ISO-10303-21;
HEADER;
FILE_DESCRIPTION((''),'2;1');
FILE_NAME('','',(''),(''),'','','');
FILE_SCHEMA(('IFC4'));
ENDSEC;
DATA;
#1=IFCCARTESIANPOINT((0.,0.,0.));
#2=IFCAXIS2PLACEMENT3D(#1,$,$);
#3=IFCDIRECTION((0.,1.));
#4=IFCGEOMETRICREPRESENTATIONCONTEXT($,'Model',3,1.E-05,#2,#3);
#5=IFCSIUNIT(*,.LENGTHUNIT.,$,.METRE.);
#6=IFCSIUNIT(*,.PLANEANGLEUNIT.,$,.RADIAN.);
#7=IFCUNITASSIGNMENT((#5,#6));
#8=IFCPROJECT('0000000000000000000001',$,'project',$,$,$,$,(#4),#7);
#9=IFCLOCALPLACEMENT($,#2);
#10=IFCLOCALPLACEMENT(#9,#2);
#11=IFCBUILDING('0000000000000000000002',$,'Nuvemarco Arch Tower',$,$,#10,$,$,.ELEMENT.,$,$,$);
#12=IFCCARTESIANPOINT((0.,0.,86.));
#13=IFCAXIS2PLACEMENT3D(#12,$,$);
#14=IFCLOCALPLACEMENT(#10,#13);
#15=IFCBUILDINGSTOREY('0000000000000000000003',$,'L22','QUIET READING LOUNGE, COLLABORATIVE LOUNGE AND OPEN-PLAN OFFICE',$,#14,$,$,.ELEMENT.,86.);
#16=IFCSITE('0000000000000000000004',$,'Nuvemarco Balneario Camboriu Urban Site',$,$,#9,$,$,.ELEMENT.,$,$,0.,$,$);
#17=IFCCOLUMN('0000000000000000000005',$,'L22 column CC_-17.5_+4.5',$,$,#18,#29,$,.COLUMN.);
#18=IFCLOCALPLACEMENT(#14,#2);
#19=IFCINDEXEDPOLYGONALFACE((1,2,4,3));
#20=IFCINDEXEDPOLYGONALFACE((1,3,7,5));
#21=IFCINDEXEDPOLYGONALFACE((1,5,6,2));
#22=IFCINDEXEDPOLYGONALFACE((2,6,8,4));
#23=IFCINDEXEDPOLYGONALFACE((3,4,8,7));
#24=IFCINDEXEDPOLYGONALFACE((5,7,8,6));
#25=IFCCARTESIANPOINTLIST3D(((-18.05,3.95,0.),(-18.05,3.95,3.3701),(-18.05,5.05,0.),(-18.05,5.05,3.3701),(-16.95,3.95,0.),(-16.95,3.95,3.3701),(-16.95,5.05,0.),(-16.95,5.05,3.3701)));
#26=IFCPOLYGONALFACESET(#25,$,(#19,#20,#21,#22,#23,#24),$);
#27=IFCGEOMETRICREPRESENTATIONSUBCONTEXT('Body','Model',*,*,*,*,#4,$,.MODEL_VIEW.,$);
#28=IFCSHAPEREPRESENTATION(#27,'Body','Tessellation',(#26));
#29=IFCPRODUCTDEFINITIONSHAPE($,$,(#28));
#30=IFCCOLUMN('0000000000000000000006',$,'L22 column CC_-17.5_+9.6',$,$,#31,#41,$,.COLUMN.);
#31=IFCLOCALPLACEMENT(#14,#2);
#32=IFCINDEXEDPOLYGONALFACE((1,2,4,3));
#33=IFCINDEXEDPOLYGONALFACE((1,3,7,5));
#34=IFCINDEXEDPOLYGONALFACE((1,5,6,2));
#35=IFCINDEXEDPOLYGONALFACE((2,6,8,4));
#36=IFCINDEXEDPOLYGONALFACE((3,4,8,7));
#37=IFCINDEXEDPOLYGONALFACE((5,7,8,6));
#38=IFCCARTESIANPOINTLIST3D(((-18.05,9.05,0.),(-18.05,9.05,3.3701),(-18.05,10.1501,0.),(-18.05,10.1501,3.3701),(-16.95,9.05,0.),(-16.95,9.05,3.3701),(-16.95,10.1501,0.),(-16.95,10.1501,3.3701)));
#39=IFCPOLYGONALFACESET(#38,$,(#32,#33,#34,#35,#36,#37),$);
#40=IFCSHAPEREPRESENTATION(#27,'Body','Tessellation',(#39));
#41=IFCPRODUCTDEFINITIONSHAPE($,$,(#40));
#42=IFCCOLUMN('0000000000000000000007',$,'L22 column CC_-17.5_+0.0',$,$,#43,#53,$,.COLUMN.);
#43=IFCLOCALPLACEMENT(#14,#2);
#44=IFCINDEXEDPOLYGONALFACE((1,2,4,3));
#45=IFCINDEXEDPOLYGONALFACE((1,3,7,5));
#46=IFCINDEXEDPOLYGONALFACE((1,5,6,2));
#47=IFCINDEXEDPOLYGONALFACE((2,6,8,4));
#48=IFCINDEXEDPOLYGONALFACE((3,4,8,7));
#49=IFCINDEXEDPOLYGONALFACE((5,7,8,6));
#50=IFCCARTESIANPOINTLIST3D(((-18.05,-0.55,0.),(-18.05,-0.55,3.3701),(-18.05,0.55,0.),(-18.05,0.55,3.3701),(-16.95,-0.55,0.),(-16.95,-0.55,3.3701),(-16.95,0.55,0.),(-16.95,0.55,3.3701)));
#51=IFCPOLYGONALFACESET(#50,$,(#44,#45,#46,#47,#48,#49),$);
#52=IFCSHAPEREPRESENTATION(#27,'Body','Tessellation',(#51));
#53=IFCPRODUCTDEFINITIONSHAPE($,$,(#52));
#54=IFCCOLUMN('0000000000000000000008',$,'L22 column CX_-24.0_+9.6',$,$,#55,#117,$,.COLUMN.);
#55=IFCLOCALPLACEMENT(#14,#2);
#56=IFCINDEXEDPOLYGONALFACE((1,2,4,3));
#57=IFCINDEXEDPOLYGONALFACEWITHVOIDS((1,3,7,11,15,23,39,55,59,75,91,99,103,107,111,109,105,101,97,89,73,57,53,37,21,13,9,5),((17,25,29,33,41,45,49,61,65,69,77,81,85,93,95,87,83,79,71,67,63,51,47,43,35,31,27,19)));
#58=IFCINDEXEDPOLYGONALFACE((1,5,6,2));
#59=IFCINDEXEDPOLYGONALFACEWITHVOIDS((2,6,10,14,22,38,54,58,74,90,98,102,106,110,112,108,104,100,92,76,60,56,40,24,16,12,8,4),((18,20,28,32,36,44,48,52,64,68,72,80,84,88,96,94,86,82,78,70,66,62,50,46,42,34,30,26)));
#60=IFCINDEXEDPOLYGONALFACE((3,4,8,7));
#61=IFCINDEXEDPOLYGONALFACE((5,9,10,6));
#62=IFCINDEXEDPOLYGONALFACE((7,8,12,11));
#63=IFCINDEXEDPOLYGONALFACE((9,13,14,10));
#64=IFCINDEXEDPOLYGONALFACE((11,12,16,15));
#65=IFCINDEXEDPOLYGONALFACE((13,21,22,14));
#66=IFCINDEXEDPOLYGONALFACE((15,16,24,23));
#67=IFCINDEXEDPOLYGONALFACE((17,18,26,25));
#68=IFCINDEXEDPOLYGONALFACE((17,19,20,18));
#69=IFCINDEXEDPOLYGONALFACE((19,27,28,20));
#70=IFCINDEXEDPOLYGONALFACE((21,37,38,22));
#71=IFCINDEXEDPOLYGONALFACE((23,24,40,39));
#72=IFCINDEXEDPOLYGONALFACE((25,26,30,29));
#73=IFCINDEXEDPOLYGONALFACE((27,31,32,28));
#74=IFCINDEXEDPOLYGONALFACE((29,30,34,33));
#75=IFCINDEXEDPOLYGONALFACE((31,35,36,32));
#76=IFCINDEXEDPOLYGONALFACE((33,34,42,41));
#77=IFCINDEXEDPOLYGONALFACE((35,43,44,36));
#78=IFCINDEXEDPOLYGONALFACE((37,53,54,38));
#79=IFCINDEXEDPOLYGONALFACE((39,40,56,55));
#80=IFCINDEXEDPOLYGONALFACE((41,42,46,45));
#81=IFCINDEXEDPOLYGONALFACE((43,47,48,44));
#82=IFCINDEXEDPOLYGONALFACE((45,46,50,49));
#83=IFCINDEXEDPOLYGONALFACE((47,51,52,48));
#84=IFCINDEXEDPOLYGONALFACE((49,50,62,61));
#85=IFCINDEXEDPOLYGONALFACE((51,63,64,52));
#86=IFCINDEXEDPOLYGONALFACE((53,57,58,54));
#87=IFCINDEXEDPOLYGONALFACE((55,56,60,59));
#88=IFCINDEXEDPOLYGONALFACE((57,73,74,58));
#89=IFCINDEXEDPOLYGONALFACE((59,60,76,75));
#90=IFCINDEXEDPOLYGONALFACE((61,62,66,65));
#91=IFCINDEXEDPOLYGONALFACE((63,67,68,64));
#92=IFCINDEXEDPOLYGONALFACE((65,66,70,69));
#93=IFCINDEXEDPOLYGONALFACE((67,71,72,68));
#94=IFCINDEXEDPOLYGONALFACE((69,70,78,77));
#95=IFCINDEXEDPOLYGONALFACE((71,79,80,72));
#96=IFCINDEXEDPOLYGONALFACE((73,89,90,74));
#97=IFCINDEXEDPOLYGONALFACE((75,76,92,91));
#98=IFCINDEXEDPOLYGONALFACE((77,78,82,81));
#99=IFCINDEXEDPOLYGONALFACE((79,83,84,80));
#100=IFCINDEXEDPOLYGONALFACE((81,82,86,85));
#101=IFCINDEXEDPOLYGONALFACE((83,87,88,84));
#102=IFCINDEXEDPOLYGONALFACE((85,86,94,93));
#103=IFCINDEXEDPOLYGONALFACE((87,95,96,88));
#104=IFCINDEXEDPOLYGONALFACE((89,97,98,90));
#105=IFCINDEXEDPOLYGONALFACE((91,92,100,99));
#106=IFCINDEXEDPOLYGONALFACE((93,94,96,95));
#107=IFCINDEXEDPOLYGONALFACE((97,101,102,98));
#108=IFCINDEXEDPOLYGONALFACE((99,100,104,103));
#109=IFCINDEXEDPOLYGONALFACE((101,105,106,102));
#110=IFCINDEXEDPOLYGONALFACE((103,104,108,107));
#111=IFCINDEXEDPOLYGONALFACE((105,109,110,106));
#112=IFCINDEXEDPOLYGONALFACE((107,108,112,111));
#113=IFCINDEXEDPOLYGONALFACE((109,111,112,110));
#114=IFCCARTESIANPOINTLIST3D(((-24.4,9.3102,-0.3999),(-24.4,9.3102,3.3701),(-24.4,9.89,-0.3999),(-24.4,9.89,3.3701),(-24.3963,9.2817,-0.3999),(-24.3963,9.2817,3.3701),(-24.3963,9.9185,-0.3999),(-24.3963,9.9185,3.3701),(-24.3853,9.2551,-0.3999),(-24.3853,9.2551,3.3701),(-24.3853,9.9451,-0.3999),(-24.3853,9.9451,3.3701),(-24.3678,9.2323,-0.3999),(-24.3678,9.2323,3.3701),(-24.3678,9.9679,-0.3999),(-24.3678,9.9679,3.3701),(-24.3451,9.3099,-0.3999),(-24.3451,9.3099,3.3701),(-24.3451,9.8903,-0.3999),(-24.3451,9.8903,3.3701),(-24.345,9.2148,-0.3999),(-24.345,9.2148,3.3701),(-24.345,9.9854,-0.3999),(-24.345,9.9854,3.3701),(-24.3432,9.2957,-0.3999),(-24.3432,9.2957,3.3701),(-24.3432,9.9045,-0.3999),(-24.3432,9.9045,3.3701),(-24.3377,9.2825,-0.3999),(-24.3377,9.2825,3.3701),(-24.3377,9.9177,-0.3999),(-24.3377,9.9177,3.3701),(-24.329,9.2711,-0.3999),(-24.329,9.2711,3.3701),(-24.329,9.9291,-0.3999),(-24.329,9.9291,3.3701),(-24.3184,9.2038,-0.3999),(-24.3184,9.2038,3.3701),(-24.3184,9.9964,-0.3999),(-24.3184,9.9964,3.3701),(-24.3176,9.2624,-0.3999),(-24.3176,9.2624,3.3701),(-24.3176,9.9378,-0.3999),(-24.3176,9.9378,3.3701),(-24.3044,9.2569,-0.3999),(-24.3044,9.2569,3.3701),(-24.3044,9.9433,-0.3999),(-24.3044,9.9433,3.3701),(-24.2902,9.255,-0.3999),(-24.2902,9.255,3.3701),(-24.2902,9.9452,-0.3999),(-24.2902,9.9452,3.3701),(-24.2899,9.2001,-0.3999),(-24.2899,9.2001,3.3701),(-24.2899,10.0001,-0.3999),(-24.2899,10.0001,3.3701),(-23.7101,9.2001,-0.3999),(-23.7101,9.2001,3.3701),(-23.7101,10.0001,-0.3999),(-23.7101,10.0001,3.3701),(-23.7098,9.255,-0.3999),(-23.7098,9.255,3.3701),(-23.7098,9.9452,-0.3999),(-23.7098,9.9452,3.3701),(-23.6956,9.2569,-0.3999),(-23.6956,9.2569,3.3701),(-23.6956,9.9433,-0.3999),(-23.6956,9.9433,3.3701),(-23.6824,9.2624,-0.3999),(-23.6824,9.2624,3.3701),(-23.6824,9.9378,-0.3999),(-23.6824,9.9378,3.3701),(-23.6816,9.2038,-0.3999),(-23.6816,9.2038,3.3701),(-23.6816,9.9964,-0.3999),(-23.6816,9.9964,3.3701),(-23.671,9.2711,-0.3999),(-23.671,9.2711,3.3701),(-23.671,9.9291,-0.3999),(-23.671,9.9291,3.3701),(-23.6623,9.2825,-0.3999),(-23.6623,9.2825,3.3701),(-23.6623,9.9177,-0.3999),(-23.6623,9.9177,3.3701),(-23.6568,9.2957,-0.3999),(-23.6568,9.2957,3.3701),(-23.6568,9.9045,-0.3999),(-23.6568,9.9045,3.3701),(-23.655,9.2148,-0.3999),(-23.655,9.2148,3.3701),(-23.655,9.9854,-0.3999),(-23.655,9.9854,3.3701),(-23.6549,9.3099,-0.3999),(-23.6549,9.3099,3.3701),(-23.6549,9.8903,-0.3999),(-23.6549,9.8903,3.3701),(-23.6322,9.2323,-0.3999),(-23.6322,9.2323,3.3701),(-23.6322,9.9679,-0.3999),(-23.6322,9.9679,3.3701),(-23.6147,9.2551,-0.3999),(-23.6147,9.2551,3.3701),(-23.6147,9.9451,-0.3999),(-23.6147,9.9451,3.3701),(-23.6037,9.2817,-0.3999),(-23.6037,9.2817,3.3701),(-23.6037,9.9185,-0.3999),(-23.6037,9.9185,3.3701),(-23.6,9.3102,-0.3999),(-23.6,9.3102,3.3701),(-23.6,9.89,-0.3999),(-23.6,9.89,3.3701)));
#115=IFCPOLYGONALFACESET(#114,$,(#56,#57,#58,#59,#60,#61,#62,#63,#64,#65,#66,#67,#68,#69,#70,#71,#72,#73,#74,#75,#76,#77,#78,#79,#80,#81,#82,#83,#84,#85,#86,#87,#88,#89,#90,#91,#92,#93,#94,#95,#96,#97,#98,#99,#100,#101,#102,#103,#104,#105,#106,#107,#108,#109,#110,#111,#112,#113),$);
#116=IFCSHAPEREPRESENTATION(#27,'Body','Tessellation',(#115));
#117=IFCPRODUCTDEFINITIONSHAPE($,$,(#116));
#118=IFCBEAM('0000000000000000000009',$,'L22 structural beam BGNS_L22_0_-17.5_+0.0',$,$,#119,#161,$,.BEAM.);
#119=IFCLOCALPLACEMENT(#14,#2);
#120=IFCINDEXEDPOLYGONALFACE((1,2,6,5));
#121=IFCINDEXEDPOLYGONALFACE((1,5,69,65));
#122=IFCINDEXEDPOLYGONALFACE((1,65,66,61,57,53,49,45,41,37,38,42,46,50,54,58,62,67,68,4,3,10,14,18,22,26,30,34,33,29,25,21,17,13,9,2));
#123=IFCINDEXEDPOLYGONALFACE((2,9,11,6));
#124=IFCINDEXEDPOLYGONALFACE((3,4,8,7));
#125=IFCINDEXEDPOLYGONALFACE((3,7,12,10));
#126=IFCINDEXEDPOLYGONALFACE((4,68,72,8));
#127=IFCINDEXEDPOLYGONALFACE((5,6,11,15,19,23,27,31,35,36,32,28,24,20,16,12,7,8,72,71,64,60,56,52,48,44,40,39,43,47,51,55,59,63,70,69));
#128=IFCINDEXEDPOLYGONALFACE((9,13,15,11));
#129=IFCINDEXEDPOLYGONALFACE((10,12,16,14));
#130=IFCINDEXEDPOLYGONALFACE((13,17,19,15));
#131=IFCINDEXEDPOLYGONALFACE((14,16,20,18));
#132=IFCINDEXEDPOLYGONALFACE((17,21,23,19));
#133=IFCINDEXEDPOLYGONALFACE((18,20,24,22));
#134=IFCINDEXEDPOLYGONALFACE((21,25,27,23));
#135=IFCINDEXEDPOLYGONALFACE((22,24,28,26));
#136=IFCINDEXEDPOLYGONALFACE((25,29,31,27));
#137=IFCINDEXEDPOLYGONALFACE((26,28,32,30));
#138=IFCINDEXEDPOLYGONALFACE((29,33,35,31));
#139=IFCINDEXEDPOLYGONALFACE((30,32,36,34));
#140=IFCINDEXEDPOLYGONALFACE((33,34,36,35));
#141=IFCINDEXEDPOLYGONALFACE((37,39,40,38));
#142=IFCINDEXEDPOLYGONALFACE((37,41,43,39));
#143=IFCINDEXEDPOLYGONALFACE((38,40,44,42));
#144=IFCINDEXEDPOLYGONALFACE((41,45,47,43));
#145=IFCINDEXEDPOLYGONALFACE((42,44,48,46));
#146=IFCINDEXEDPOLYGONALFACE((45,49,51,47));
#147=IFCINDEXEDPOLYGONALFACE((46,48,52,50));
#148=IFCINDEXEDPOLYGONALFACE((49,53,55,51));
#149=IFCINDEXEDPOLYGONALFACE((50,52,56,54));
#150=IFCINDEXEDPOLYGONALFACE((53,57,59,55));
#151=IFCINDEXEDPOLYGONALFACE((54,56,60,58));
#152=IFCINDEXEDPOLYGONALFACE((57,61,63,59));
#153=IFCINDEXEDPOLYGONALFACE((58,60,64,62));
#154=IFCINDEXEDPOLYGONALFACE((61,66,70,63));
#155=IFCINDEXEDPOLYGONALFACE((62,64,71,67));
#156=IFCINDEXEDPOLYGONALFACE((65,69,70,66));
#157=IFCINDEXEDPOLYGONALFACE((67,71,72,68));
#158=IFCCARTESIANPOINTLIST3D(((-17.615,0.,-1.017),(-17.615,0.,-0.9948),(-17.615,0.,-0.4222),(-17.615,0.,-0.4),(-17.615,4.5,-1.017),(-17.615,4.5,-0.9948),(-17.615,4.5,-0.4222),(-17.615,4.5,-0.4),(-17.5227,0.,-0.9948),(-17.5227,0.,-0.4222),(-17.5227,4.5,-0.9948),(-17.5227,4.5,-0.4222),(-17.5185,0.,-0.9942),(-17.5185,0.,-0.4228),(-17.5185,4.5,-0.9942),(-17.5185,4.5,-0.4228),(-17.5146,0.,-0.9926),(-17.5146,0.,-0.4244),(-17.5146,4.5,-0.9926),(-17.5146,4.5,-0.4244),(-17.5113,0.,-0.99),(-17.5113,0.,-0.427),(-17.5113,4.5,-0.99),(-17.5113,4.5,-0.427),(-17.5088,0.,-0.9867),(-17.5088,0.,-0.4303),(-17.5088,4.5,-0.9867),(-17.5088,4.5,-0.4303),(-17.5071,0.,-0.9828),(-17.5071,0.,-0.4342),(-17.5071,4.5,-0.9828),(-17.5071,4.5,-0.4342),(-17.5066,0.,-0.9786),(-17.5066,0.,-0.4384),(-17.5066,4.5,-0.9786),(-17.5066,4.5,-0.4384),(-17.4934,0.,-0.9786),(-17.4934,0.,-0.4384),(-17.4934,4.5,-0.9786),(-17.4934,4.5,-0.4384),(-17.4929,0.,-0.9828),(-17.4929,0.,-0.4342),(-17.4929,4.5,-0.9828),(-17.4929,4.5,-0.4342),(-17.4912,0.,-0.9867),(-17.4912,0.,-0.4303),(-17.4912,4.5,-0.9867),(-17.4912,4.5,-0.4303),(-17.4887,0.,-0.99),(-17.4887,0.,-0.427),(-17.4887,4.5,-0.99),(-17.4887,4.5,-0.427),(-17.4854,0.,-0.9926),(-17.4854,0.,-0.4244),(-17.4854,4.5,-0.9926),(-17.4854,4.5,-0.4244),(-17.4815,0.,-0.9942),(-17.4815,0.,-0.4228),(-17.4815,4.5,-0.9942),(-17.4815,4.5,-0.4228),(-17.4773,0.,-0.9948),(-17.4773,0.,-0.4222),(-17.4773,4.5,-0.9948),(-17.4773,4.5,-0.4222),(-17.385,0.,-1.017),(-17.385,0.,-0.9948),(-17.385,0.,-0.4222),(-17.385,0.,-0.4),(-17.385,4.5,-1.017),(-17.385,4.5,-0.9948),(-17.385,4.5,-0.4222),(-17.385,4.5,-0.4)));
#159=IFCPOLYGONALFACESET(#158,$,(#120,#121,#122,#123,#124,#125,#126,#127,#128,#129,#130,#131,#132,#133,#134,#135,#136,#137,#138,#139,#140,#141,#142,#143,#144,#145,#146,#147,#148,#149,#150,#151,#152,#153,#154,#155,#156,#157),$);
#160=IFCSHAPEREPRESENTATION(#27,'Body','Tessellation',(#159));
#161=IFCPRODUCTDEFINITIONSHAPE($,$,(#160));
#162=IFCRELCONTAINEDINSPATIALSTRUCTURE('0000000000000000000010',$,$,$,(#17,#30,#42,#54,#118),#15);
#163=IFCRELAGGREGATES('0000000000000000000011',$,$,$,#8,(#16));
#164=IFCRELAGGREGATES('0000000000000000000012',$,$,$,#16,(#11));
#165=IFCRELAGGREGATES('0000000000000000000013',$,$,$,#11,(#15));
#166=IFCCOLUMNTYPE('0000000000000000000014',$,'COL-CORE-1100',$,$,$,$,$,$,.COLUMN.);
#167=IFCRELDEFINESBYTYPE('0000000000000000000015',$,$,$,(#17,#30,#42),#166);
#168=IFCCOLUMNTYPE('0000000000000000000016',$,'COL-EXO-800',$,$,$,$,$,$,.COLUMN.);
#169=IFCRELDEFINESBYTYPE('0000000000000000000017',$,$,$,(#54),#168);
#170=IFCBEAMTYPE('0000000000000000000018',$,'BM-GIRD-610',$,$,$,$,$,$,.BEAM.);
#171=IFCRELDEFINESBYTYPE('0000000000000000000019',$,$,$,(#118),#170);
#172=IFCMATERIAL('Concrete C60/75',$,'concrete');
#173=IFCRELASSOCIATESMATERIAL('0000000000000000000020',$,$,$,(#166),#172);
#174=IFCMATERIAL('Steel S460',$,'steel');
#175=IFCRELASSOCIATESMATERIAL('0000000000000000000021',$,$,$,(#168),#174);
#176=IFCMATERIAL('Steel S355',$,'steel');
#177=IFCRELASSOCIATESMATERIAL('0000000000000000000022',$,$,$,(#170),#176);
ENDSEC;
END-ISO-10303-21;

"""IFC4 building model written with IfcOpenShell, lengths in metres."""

from ifc_helpers import new_model, si_unit, direction, frame, origin, origin_2d, place, context, subcontext, project, spatial, rectangle, hollow_rectangle, i_section, extrude, material, material_profile, profile_set, type_object, element, save


model = new_model("IFC4")

# Units and contexts
model_context = context("Model", 3, precision=1e-05, world=origin(), true_north=direction((0.0, 1.0)))
body_context = subcontext(model_context, "Body", "Model", "MODEL_VIEW")
ifc_project = project(units=[si_unit("LENGTHUNIT", "METRE"), si_unit("PLANEANGLEUNIT", "RADIAN")], contexts=[model_context])

# Site, building, storey
site_placement = place(None, origin())
site = spatial("IfcSite", under=ifc_project, at=site_placement, Name="Nuvemarco Balneario Camboriu Urban Site", CompositionType="ELEMENT", RefElevation=0.0)
building_placement = place(site_placement, origin())
building = spatial("IfcBuilding", under=site, at=building_placement, Name="Nuvemarco Arch Tower", CompositionType="ELEMENT")
storey_placement = place(building_placement, frame((0.0, 0.0, 86.0)))
storey = spatial("IfcBuildingStorey", under=building, at=storey_placement, Name="L22", Description="QUIET READING LOUNGE, COLLABORATIVE LOUNGE AND OPEN-PLAN OFFICE", CompositionType="ELEMENT", Elevation=86.0)

# Columns
ifc_material_1 = material(Name="Concrete C60/75", Category="concrete")
ifc_material_profile_1 = material_profile(ifc_material_1, rectangle(XDim=1.1001, YDim=1.1001, at=origin_2d()), Name="RC-COL-1100x1100")
ifc_profile_set_1 = profile_set([ifc_material_profile_1], Name="Concrete C60/75")
column_type_1 = type_object("IfcColumnType", Name="COL-CORE-1100", PredefinedType="COLUMN", material=ifc_profile_set_1)
for number, where, z_axis, x_axis, name in (
    (1, (-17.5, 4.5, 0.0), (0.0, 0.0, 1.0), (1.0, 0.0, 0.0), "L22 column CC_-17.5_+4.5"),
    (2, (-17.5, 9.6001, 0.0), (0.0, 0.0, 1.0), (1.0, 0.0, 0.0), "L22 column CC_-17.5_+9.6"),
    (3, (-17.5, 0.0, 0.0), (0.0, 0.0, 1.0), (1.0, 0.0, 0.0), "L22 column CC_-17.5_+0.0"),
):
    element("IfcColumn", number, at=place(storey_placement, frame(where, z_axis=z_axis, x_axis=x_axis)), inside=storey, type_object=column_type_1, Name=name, PredefinedType="COLUMN", context=body_context, shape_type="SweptSolid", body=[
        extrude(rectangle(XDim=1.1001, YDim=1.1001, at=origin_2d()), origin(), (0.0, 0.0, 1.0), 3.3701),
    ])
ifc_material_2 = material(Name="Steel S460", Category="steel")
ifc_material_profile_2 = material_profile(ifc_material_2, hollow_rectangle(XDim=0.8, YDim=0.8, WallThickness=0.0549, InnerFilletRadius=0.0549, OuterFilletRadius=0.1101, at=origin_2d()), Name="SHS800x800x55")
ifc_profile_set_2 = profile_set([ifc_material_profile_2], Name="Steel S460")
column_type_2 = type_object("IfcColumnType", Name="COL-EXO-800", PredefinedType="COLUMN", material=ifc_profile_set_2)
column_placement = place(storey_placement, frame((-24.0, 9.6001, -0.3999), z_axis=(0.0, 0.0, 1.0), x_axis=(1.0, 0.0, 0.0)))
element("IfcColumn", 4, at=column_placement, inside=storey, type_object=column_type_2, Name="L22 column CX_-24.0_+9.6", PredefinedType="COLUMN", context=body_context, shape_type="SweptSolid", body=[
    extrude(hollow_rectangle(XDim=0.8, YDim=0.8, WallThickness=0.0549, InnerFilletRadius=0.0549, OuterFilletRadius=0.1101, at=origin_2d()), origin(), (0.0, 0.0, 1.0), 3.77),
])

# Beam
ifc_material_3 = material(Name="Steel S355", Category="steel")
ifc_material_profile_3 = material_profile(ifc_material_3, i_section(OverallWidth=0.23, OverallDepth=0.6169, WebThickness=0.0132, FlangeThickness=0.0222, FilletRadius=0.0161, at=origin_2d()), Name="W610x140")
ifc_profile_set_3 = profile_set([ifc_material_profile_3], Name="Steel S355")
beam_type_1 = type_object("IfcBeamType", Name="BM-GIRD-610", PredefinedType="BEAM", material=ifc_profile_set_3)
beam_1_placement = place(storey_placement, frame((-17.5, 0.0, -0.7085), z_axis=(0.0, 1.0, 0.0), x_axis=(-1.0, 0.0, 0.0)))
element("IfcBeam", 5, at=beam_1_placement, inside=storey, type_object=beam_type_1, Name="L22 structural beam BGNS_L22_0_-17.5_+0.0", PredefinedType="BEAM", context=body_context, shape_type="SweptSolid", body=[
    extrude(i_section(OverallWidth=0.23, OverallDepth=0.6169, WebThickness=0.0132, FlangeThickness=0.0222, FilletRadius=0.0161, at=origin_2d()), origin(), (0.0, 0.0, 1.0), 4.5),
])

save(model, "model.ifc")
